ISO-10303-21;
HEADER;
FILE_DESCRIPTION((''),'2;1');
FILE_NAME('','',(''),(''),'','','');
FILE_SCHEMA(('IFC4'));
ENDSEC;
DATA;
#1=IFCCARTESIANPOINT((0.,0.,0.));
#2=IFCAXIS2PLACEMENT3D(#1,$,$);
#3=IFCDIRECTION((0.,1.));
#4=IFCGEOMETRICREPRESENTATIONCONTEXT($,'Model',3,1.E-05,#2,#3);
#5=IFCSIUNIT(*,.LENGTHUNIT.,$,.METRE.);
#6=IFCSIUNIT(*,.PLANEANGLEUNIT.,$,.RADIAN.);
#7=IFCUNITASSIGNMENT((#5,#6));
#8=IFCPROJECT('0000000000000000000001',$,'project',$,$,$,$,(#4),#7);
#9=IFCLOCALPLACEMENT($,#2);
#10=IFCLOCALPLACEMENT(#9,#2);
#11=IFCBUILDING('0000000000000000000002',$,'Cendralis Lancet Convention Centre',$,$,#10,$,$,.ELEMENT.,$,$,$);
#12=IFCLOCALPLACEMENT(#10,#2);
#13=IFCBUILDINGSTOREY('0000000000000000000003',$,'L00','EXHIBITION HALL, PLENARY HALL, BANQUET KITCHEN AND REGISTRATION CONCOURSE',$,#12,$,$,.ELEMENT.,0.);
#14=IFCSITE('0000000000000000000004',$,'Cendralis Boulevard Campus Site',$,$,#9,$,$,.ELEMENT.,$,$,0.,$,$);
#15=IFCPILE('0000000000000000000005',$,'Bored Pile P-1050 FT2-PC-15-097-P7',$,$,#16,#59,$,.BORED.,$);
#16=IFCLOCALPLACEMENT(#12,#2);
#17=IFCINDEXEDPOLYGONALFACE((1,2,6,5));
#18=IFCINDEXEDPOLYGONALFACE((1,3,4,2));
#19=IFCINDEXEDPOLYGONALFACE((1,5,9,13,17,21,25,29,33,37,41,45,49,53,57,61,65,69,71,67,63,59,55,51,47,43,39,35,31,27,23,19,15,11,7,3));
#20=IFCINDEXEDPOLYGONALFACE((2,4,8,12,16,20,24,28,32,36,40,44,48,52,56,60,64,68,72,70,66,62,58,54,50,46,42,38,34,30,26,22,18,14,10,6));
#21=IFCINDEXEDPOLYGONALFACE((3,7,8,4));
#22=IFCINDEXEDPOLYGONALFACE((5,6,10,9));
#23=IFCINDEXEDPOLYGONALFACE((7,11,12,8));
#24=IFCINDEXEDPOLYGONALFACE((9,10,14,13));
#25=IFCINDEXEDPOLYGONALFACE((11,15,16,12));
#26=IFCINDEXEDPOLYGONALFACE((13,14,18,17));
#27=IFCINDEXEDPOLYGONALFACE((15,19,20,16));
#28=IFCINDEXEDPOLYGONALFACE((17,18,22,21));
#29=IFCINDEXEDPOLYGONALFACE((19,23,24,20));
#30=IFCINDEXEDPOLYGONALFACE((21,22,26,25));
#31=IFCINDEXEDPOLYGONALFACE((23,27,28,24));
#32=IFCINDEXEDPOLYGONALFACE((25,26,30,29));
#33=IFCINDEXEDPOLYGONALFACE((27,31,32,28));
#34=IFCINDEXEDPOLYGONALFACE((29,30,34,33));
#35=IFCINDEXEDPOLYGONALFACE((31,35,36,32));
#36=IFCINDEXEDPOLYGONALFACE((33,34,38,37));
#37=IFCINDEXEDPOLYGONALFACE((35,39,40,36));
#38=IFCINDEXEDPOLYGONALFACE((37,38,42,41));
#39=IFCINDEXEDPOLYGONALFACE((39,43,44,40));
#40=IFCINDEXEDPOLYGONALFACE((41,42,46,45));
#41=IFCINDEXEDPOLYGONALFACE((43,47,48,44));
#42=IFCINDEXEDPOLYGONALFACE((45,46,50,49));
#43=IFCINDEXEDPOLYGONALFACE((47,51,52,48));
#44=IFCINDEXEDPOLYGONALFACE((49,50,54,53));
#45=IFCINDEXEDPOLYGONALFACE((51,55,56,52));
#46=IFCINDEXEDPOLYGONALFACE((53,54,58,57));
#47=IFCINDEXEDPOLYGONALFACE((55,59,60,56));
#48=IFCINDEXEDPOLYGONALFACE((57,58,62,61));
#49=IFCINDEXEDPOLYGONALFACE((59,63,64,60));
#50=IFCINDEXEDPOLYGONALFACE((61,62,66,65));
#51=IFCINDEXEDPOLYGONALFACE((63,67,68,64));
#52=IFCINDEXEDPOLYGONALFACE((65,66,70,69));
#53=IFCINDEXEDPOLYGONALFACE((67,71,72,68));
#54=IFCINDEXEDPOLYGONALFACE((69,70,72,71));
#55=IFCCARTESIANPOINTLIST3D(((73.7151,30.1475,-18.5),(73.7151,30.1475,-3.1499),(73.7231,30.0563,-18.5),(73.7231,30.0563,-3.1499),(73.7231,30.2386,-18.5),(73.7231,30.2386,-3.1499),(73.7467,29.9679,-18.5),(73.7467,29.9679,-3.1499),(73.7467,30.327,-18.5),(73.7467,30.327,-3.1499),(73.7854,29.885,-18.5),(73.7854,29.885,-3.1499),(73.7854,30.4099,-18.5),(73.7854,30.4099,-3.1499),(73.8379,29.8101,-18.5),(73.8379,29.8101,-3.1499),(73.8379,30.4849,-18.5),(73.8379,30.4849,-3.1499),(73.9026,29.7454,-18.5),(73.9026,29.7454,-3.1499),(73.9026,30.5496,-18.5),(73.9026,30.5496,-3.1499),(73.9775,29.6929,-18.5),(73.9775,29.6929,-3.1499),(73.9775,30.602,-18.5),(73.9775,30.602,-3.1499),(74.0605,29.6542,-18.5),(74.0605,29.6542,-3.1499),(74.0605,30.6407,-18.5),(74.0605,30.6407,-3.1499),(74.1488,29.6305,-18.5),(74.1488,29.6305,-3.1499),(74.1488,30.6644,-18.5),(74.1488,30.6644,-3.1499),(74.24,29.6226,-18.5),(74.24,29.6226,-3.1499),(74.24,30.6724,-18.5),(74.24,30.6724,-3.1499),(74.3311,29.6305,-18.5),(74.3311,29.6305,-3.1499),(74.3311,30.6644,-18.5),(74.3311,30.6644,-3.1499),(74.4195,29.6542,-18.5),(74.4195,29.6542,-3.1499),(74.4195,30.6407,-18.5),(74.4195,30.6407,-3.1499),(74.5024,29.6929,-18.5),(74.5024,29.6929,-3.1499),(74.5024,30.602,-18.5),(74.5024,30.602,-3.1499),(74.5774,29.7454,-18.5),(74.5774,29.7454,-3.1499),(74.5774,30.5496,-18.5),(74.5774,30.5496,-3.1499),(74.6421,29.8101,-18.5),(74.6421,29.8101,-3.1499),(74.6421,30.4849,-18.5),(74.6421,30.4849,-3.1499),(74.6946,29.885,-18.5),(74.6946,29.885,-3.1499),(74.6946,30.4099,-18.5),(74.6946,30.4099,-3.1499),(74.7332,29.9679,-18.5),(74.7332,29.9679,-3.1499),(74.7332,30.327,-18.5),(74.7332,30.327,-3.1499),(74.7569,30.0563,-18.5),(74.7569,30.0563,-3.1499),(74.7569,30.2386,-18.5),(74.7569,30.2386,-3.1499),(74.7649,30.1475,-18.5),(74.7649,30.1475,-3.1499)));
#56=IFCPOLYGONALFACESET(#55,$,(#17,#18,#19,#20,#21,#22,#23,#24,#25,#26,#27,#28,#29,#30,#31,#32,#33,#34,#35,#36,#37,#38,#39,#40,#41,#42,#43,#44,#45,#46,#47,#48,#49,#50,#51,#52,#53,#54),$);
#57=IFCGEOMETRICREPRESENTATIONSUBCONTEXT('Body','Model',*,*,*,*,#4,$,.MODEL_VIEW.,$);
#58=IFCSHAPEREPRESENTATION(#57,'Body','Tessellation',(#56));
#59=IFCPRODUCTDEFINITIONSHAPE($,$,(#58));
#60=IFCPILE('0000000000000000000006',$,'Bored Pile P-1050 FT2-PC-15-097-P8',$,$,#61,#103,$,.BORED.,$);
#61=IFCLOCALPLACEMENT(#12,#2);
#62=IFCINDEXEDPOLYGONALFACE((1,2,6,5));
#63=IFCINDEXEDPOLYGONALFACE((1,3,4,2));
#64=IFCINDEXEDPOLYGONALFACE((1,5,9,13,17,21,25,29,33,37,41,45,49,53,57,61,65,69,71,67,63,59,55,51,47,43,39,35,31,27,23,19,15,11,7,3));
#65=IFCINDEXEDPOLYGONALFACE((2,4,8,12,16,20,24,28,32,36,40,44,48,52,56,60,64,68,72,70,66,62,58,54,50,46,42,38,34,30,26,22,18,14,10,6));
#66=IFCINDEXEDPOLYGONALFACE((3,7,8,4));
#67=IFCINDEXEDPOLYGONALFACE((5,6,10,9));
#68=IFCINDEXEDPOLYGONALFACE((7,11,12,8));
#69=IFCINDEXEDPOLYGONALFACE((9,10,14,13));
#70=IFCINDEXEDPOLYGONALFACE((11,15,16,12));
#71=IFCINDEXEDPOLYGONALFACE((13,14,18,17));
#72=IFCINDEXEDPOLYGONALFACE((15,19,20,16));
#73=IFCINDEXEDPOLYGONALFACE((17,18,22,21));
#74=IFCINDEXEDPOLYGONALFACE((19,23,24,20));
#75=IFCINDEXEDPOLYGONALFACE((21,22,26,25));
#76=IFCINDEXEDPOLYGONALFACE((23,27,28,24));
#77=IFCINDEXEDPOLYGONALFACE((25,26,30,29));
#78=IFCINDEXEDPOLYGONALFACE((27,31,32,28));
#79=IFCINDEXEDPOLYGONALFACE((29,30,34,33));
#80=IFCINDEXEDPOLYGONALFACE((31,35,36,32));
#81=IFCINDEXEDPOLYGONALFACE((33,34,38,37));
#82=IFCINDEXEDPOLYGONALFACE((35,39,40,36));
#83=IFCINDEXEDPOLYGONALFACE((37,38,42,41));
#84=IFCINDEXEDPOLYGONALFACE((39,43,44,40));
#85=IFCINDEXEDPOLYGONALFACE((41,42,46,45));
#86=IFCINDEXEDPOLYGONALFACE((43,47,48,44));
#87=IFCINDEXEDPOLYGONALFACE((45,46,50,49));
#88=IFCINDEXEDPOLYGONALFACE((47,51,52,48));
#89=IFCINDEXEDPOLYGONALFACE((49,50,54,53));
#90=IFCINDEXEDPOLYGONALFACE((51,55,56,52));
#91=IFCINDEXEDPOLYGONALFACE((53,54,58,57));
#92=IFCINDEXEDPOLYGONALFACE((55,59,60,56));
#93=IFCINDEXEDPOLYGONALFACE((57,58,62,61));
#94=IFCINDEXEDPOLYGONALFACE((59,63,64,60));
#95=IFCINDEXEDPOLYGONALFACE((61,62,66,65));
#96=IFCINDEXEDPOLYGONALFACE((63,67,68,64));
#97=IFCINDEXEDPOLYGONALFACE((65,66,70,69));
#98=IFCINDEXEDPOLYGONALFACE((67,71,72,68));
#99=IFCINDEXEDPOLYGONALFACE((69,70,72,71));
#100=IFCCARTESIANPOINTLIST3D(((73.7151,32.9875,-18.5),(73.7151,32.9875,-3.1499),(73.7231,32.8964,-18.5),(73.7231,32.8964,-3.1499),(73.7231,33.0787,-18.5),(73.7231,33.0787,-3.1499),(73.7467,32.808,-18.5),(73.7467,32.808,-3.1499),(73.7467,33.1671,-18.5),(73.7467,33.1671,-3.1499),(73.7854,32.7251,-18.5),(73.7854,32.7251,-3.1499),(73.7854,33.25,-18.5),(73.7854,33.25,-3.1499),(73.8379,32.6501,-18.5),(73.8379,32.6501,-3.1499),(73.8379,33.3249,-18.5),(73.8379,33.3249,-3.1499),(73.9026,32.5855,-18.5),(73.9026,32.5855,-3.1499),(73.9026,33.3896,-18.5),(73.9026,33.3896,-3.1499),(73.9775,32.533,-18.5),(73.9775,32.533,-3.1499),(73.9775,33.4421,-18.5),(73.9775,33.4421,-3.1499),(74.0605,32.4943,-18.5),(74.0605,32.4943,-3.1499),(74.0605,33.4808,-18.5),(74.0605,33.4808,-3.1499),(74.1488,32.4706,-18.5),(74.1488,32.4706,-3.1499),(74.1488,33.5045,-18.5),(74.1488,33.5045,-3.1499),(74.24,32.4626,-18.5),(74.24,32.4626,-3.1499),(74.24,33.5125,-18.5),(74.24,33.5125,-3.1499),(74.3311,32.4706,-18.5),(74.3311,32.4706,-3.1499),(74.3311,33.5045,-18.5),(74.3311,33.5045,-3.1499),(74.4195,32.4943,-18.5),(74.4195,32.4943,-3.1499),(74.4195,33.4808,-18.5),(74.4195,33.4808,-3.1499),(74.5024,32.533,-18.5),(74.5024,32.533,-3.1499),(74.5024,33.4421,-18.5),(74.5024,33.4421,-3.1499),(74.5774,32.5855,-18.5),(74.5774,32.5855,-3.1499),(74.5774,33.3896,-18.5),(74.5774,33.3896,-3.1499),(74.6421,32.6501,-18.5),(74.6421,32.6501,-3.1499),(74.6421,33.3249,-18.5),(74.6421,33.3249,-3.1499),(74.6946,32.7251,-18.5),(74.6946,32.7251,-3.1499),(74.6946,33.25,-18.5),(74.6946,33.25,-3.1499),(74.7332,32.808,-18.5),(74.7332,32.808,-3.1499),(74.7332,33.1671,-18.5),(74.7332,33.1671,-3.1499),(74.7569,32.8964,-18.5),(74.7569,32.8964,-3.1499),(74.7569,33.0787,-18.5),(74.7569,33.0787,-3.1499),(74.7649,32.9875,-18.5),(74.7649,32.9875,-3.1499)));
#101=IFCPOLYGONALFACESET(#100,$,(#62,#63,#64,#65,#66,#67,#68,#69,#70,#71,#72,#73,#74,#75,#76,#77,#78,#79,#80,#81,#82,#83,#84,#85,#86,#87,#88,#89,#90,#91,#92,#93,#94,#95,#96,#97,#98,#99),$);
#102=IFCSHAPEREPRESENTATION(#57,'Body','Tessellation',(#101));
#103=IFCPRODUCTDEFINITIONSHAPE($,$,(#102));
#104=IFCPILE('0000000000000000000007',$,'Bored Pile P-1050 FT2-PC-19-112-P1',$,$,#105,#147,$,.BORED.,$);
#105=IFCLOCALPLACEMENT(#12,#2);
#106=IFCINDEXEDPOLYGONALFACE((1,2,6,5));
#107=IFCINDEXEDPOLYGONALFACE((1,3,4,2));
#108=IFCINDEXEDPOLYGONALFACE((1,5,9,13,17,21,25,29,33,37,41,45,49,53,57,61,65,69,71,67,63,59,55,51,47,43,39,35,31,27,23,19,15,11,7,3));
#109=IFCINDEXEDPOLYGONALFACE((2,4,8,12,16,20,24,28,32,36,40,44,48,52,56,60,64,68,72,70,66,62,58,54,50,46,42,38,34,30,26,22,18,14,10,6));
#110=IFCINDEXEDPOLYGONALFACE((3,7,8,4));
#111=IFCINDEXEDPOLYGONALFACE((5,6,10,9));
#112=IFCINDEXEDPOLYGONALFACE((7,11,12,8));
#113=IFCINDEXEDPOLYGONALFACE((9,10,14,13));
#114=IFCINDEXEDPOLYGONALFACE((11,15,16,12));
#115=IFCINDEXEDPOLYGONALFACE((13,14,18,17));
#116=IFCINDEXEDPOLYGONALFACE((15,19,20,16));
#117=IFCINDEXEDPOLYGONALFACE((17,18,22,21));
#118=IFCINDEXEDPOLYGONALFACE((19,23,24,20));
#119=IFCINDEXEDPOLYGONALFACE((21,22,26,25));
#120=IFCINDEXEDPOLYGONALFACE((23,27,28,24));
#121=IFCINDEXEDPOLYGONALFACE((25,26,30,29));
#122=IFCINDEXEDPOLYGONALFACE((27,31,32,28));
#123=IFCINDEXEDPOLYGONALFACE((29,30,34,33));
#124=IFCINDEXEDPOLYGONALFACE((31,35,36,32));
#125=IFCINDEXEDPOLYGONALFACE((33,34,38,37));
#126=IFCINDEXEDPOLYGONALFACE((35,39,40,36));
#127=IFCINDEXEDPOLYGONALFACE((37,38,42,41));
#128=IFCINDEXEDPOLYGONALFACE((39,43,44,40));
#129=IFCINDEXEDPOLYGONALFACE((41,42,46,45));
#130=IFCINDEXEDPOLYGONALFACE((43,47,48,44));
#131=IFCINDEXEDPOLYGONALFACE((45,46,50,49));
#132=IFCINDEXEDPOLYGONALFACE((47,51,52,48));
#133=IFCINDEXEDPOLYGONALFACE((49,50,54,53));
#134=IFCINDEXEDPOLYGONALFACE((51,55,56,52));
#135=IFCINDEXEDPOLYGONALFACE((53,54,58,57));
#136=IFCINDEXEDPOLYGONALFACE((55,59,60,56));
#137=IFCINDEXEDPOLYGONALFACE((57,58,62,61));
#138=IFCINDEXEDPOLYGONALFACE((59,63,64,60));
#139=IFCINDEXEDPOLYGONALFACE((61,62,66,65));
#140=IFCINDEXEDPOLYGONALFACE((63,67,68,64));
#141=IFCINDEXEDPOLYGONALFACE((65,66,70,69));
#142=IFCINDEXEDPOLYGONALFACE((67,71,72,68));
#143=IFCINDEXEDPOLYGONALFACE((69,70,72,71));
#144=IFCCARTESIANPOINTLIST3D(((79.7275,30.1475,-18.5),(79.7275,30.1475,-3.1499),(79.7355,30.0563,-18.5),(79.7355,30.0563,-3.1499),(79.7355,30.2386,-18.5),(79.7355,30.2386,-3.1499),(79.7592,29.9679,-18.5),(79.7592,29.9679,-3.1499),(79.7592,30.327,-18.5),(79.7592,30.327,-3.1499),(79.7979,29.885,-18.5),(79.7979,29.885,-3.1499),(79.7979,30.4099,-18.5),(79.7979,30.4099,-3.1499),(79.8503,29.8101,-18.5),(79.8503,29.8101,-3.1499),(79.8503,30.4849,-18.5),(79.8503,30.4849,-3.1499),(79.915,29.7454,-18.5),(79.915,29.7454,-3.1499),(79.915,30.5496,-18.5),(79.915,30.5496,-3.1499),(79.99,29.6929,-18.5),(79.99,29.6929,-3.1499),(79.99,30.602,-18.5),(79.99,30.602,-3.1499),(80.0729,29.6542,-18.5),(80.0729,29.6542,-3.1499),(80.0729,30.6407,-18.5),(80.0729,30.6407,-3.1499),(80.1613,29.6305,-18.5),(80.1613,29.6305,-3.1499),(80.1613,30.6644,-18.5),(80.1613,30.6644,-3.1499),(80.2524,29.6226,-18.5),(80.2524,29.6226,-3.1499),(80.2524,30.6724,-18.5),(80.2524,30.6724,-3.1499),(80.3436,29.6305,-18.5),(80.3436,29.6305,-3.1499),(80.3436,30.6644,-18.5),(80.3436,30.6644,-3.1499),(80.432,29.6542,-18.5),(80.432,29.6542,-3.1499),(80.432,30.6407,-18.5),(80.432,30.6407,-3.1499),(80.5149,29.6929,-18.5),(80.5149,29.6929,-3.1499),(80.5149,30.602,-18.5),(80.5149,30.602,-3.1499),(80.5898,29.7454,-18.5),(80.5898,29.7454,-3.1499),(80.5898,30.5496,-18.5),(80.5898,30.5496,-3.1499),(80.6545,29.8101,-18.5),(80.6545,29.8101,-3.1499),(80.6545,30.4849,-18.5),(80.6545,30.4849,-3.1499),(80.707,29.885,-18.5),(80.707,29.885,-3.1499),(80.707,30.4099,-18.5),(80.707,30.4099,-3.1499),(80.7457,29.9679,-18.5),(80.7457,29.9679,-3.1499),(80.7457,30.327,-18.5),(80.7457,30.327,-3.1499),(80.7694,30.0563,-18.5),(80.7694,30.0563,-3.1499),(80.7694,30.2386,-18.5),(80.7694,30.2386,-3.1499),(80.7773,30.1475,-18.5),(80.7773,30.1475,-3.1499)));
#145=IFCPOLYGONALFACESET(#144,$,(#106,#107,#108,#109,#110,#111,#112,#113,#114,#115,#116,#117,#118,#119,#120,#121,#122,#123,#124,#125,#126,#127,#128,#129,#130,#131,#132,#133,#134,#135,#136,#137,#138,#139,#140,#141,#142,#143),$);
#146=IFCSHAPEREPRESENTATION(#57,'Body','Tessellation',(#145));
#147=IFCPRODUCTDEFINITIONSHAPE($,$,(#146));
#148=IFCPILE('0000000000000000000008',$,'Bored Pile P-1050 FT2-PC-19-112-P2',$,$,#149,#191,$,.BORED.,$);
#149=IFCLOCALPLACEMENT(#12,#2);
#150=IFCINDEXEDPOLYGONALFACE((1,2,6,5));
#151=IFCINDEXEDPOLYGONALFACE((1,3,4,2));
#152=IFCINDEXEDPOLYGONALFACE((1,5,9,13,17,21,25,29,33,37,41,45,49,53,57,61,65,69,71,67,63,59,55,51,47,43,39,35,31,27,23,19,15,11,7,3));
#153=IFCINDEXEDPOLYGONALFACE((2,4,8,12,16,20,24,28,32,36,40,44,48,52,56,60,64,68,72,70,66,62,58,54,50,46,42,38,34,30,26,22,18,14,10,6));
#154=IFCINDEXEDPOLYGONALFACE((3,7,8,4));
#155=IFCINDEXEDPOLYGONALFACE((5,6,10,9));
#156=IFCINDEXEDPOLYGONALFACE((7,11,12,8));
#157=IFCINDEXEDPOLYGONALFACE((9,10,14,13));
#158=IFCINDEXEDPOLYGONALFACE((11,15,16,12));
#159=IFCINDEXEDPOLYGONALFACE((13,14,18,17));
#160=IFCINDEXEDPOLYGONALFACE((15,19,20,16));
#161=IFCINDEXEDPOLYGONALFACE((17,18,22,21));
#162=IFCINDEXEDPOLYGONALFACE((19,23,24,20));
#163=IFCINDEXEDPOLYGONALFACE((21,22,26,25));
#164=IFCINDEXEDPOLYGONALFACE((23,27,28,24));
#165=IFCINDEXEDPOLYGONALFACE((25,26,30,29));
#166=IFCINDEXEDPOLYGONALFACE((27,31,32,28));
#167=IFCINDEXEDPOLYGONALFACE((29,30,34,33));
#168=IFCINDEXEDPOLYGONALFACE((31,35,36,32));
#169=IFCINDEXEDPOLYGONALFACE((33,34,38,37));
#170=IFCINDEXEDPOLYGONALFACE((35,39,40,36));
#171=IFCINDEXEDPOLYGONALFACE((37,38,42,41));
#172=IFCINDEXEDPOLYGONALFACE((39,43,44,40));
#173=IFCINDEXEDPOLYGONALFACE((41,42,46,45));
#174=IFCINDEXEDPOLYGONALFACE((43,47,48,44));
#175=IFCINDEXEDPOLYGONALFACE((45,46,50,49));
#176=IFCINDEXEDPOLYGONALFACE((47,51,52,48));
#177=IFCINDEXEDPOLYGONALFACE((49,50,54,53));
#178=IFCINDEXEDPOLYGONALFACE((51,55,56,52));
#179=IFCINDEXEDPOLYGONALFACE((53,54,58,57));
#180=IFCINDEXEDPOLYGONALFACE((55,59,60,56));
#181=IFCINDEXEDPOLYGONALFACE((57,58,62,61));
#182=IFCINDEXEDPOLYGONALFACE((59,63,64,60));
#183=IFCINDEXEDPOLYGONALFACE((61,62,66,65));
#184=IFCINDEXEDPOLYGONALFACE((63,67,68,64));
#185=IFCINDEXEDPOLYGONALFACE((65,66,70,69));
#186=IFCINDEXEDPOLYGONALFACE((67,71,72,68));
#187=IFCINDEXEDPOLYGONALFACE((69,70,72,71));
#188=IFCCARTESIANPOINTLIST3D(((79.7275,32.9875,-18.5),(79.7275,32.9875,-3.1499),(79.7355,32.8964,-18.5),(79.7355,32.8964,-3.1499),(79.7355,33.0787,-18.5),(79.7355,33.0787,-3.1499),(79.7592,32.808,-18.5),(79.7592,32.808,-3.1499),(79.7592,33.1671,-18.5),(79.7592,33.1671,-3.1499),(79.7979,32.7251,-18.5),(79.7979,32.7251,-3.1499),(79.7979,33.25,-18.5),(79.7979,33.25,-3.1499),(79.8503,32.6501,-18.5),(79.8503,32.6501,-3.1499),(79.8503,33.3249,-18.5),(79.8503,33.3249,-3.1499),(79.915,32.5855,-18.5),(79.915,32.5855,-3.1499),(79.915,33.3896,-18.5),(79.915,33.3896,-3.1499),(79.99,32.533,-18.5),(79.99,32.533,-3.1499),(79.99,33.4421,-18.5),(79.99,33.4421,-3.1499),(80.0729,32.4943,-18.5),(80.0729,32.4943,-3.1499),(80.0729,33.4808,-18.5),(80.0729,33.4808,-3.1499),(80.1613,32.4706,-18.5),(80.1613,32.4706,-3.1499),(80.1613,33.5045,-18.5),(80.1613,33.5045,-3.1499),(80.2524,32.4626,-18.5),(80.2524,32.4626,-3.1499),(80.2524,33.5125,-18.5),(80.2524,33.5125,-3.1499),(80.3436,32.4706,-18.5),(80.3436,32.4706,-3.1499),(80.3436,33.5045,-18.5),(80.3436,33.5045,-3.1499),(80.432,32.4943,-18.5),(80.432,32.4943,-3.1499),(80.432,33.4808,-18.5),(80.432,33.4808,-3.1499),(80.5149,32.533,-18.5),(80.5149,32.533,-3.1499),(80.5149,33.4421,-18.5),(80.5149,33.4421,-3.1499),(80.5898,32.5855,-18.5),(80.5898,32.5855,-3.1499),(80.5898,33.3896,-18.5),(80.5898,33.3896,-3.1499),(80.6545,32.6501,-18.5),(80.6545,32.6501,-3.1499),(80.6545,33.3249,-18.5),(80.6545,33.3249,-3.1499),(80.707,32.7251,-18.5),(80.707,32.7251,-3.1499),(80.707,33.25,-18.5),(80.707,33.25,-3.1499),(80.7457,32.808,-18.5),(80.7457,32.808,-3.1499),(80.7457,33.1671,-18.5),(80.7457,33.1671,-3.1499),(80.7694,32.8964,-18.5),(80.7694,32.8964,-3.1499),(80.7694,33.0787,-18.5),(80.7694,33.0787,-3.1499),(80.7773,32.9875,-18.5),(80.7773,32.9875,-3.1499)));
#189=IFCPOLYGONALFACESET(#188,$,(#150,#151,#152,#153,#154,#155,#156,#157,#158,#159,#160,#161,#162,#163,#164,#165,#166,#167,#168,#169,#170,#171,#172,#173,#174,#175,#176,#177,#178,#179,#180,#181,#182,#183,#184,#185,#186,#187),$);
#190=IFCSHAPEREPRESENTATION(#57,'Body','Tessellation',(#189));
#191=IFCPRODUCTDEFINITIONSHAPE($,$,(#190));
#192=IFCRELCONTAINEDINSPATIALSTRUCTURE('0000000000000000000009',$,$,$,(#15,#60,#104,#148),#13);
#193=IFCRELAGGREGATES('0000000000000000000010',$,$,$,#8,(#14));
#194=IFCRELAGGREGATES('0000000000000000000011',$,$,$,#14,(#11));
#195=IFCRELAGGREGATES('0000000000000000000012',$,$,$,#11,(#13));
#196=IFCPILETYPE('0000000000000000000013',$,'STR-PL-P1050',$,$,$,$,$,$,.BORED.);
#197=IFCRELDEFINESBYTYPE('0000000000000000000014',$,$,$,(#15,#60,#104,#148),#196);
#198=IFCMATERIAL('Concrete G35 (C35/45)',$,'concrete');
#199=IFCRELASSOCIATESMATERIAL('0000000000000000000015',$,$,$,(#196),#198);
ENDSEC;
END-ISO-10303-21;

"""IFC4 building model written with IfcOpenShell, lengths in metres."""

from ifc_helpers import new_model, si_unit, direction, frame, origin, origin_2d, place, context, subcontext, project, spatial, circle, extrude, material, material_profile, profile_set, type_object, element, save


model = new_model("IFC4")

# Units and contexts
model_context = context("Model", 3, precision=1e-05, world=origin(), true_north=direction((0.0, 1.0)))
body_context = subcontext(model_context, "Body", "Model", "MODEL_VIEW")
ifc_project = project(units=[si_unit("LENGTHUNIT", "METRE"), si_unit("PLANEANGLEUNIT", "RADIAN")], contexts=[model_context])

# Site, building, storey
site_placement = place(None, origin())
site = spatial("IfcSite", under=ifc_project, at=site_placement, Name="Cendralis Boulevard Campus Site", CompositionType="ELEMENT", RefElevation=0.0)
building_placement = place(site_placement, origin())
building = spatial("IfcBuilding", under=site, at=building_placement, Name="Cendralis Lancet Convention Centre", CompositionType="ELEMENT")
storey_placement = place(building_placement, origin())
storey = spatial("IfcBuildingStorey", under=building, at=storey_placement, Name="L00", Description="EXHIBITION HALL, PLENARY HALL, BANQUET KITCHEN AND REGISTRATION CONCOURSE", CompositionType="ELEMENT", Elevation=0.0)

# Shared definitions
ifc_material_1 = material(Name="Concrete G35 (C35/45)", Category="concrete")

# Piles
ifc_material_profile_1 = material_profile(ifc_material_1, circle(Radius=0.5249, at=origin_2d()), Name="BORED PILE D1050")
ifc_profile_set_1 = profile_set([ifc_material_profile_1], Name="Concrete G35 (C35/45)")
pile_type_1 = type_object("IfcPileType", Name="STR-PL-P1050", PredefinedType="BORED", material=ifc_profile_set_1)
for number, where, z_axis, x_axis, name in (
    (1, (74.24, 30.1475, -3.1499), (0.0, 0.0, -1.0), (1.0, 0.0, 0.0), "Bored Pile P-1050 FT2-PC-15-097-P7"),
    (2, (74.24, 32.9875, -3.1499), (0.0, 0.0, -1.0), (1.0, 0.0, 0.0), "Bored Pile P-1050 FT2-PC-15-097-P8"),
    (3, (80.2524, 30.1475, -3.1499), (0.0, 0.0, -1.0), (1.0, 0.0, 0.0), "Bored Pile P-1050 FT2-PC-19-112-P1"),
    (4, (80.2524, 32.9875, -3.1499), (0.0, 0.0, -1.0), (1.0, 0.0, 0.0), "Bored Pile P-1050 FT2-PC-19-112-P2"),
):
    element("IfcPile", number, at=place(storey_placement, frame(where, z_axis=z_axis, x_axis=x_axis)), inside=storey, type_object=pile_type_1, Name=name, PredefinedType="BORED", context=body_context, shape_type="SweptSolid", body=[
        extrude(circle(Radius=0.5249, at=origin_2d()), origin(), (0.0, 0.0, 1.0), 15.3501),
    ])

save(model, "model.ifc")
